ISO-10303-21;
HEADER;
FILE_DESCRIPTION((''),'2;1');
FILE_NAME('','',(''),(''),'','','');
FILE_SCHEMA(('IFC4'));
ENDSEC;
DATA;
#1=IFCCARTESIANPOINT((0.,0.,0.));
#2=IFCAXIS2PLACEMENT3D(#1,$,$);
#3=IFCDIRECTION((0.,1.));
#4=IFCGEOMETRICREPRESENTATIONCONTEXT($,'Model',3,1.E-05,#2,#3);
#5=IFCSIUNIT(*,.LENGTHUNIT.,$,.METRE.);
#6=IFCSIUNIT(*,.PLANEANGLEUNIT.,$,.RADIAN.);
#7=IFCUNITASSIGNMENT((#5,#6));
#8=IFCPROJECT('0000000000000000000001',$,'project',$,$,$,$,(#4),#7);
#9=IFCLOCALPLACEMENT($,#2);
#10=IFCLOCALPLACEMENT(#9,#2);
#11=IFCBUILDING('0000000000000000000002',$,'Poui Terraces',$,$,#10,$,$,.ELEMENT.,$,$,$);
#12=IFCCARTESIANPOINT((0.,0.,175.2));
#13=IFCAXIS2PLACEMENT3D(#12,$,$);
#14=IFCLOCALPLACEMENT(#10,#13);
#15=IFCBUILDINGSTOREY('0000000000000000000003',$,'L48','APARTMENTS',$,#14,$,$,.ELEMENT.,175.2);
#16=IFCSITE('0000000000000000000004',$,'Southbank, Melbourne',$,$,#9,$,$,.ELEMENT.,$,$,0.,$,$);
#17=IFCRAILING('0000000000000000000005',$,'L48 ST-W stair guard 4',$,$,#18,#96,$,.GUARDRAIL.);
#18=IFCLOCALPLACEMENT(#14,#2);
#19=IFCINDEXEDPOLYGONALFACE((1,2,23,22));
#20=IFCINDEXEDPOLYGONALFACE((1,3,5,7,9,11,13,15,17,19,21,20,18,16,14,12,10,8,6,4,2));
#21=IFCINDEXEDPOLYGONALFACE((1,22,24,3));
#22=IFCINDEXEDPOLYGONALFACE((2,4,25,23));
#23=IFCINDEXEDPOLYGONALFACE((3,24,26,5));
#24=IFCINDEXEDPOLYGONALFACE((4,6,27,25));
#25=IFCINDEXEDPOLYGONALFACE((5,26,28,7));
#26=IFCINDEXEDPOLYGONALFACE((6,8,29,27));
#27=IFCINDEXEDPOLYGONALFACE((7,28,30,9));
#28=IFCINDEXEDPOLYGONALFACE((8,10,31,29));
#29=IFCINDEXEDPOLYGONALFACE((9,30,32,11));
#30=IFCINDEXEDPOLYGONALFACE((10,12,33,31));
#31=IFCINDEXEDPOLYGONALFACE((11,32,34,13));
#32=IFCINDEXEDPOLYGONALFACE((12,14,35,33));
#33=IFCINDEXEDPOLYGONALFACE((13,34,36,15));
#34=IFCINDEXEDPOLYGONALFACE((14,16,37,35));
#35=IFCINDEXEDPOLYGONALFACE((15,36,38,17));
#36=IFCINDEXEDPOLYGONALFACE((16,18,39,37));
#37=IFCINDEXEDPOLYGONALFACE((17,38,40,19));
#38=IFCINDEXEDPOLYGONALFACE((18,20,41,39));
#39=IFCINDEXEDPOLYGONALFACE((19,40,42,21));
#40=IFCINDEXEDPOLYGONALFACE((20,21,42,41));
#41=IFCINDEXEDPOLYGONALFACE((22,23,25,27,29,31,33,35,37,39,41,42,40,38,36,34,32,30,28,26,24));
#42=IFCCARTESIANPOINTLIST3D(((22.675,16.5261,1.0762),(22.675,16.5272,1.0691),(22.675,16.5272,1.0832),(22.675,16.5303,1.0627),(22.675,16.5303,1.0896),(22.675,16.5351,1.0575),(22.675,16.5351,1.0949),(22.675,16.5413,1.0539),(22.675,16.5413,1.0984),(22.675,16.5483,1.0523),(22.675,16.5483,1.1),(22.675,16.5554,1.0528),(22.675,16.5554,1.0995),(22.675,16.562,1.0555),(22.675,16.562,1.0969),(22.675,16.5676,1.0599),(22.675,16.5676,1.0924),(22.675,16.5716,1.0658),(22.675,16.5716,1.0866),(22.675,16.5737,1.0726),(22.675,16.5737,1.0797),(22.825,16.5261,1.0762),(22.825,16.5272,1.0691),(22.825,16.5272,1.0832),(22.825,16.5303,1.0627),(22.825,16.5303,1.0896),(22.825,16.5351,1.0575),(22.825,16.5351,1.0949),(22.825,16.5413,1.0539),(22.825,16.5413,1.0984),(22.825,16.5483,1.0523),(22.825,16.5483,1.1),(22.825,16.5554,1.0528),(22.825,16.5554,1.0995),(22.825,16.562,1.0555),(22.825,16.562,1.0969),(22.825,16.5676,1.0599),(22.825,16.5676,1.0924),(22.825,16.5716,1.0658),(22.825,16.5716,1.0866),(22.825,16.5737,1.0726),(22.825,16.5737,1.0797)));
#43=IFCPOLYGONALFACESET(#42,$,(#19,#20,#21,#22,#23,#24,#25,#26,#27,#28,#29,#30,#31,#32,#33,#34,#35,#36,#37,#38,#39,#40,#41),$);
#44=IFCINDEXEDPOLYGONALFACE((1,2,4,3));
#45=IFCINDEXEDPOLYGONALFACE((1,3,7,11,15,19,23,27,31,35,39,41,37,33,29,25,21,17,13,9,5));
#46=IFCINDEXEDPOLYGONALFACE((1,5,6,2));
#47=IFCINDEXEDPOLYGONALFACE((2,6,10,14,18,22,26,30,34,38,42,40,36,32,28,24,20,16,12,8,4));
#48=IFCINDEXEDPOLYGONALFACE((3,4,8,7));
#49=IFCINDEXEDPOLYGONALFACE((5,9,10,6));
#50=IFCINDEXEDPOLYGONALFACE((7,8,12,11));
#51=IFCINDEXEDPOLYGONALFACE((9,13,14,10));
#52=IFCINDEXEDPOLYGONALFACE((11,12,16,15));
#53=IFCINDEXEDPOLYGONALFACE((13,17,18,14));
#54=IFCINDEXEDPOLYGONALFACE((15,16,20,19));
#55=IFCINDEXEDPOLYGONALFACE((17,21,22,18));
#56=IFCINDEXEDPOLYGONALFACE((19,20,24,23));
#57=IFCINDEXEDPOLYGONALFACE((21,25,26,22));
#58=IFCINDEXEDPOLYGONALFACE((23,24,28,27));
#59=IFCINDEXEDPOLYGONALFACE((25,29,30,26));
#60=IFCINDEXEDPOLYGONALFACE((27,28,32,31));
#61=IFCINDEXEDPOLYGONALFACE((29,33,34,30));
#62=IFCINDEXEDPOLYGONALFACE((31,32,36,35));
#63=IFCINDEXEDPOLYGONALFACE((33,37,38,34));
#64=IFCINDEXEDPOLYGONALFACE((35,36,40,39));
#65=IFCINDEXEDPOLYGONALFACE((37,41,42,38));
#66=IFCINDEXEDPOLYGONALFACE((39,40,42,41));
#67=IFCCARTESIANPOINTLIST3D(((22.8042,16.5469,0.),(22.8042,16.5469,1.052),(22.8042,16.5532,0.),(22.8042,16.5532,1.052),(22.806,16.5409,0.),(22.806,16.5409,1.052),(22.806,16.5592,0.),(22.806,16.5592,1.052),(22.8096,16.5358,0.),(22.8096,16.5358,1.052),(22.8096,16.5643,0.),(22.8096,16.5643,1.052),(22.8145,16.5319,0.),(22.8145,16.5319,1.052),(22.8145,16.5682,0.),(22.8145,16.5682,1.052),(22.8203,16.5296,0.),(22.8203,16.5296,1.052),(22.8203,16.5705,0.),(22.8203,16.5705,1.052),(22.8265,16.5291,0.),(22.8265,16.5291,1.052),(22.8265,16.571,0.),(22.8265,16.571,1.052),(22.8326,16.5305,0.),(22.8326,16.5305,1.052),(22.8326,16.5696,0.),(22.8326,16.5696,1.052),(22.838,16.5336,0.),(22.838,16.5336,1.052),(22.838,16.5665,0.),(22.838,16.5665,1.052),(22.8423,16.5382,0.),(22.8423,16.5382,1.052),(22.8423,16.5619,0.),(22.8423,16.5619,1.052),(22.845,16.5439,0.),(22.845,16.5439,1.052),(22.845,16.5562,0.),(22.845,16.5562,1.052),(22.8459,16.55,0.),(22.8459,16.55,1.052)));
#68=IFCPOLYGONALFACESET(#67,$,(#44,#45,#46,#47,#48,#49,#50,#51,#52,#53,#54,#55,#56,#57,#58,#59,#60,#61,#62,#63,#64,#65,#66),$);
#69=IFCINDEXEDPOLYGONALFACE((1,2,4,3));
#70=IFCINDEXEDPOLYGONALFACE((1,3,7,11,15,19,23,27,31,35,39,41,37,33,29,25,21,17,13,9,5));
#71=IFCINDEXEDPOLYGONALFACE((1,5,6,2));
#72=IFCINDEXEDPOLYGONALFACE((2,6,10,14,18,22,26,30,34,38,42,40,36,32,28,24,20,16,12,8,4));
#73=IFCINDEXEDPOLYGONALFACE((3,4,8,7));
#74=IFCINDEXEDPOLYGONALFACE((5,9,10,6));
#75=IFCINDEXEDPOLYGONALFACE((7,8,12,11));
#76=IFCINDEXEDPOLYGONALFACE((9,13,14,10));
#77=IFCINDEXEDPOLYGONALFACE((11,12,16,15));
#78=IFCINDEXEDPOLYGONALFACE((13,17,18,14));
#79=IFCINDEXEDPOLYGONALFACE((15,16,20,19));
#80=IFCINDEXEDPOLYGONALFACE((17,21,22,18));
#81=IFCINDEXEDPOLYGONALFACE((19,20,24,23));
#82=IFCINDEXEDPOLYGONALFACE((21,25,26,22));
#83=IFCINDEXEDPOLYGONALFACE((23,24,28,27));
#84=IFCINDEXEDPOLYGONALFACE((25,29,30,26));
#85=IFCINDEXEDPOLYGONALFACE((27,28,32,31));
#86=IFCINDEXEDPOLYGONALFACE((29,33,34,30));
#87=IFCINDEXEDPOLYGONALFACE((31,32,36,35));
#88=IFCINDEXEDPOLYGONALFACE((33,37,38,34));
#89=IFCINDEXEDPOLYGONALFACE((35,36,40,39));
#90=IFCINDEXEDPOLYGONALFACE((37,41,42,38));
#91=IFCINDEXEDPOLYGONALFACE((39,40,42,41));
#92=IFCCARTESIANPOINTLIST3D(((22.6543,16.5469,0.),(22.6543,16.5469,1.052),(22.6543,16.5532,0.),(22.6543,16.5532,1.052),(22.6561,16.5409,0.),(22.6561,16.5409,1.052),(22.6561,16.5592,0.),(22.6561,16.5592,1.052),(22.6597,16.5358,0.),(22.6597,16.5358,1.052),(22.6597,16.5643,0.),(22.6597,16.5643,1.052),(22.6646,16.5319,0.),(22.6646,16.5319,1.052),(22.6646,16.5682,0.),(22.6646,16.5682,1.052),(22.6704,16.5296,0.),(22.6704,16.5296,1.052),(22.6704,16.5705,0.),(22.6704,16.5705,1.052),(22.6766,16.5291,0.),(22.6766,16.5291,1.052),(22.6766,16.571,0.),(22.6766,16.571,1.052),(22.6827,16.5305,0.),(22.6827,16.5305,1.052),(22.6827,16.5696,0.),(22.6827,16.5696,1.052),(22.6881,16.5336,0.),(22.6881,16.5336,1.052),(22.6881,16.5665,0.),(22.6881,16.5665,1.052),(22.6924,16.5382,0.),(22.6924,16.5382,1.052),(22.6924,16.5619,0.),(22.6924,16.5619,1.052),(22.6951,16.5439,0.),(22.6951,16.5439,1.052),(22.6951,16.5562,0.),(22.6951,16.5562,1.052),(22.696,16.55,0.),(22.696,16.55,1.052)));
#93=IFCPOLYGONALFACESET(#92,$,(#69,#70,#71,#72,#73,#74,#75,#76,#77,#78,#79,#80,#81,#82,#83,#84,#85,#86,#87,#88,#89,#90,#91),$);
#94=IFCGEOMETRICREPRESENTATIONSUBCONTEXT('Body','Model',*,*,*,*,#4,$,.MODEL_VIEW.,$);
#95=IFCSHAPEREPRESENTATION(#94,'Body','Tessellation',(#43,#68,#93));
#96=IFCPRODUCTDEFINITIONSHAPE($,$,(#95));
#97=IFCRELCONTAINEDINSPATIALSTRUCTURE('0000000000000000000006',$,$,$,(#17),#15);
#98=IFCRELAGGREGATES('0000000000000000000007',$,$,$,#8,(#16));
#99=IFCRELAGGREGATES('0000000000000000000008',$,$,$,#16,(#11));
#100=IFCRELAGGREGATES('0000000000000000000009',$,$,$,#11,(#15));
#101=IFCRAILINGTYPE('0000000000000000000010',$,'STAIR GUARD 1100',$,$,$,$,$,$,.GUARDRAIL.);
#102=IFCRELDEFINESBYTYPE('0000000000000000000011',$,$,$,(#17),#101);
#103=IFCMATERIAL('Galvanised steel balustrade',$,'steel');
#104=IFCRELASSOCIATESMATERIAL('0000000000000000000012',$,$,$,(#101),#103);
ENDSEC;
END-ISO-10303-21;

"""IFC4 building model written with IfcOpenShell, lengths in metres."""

from ifc_helpers import new_model, si_unit, direction, frame, origin, origin_2d, place, context, subcontext, project, spatial, circle, extrude, material, type_object, element, save


model = new_model("IFC4")

# Units and contexts
model_context = context("Model", 3, precision=1e-05, world=origin(), true_north=direction((0.0, 1.0)))
body_context = subcontext(model_context, "Body", "Model", "MODEL_VIEW")
ifc_project = project(units=[si_unit("LENGTHUNIT", "METRE"), si_unit("PLANEANGLEUNIT", "RADIAN")], contexts=[model_context])

# Site, building, storey
site_placement = place(None, origin())
site = spatial("IfcSite", under=ifc_project, at=site_placement, Name="Southbank, Melbourne", CompositionType="ELEMENT", RefElevation=0.0)
building_placement = place(site_placement, origin())
building = spatial("IfcBuilding", under=site, at=building_placement, Name="Poui Terraces", CompositionType="ELEMENT")
storey_placement = place(building_placement, frame((0.0, 0.0, 175.2)))
storey = spatial("IfcBuildingStorey", under=building, at=storey_placement, Name="L48", Description="APARTMENTS", CompositionType="ELEMENT", Elevation=175.2)

# Railing
ifc_material_1 = material(Name="Galvanised steel balustrade", Category="steel")
railing_type_1 = type_object("IfcRailingType", Name="STAIR GUARD 1100", PredefinedType="GUARDRAIL", material=ifc_material_1)
railing_1_placement = place(storey_placement, frame((22.825, 16.55, 0.0)))
element("IfcRailing", 1, at=railing_1_placement, inside=storey, type_object=railing_type_1, Name="L48 ST-W stair guard 4", PredefinedType="GUARDRAIL", context=body_context, shape_type="SweptSolid", body=[
    extrude(circle(Radius=0.0239, at=origin_2d()), frame((0.0, 0.0, 1.0762), z_axis=(-1.0, 0.0, 0.0), x_axis=(0.0, -1.0, 0.0)), (0.0, 0.0, 1.0), 0.1499),
    extrude(circle(Radius=0.021, at=origin_2d()), origin(), (0.0, 0.0, 1.0), 1.052),
    extrude(circle(Radius=0.021, at=origin_2d()), frame((-0.1499, 0.0, 0.0)), (0.0, 0.0, 1.0), 1.052),
])

save(model, "model.ifc")
